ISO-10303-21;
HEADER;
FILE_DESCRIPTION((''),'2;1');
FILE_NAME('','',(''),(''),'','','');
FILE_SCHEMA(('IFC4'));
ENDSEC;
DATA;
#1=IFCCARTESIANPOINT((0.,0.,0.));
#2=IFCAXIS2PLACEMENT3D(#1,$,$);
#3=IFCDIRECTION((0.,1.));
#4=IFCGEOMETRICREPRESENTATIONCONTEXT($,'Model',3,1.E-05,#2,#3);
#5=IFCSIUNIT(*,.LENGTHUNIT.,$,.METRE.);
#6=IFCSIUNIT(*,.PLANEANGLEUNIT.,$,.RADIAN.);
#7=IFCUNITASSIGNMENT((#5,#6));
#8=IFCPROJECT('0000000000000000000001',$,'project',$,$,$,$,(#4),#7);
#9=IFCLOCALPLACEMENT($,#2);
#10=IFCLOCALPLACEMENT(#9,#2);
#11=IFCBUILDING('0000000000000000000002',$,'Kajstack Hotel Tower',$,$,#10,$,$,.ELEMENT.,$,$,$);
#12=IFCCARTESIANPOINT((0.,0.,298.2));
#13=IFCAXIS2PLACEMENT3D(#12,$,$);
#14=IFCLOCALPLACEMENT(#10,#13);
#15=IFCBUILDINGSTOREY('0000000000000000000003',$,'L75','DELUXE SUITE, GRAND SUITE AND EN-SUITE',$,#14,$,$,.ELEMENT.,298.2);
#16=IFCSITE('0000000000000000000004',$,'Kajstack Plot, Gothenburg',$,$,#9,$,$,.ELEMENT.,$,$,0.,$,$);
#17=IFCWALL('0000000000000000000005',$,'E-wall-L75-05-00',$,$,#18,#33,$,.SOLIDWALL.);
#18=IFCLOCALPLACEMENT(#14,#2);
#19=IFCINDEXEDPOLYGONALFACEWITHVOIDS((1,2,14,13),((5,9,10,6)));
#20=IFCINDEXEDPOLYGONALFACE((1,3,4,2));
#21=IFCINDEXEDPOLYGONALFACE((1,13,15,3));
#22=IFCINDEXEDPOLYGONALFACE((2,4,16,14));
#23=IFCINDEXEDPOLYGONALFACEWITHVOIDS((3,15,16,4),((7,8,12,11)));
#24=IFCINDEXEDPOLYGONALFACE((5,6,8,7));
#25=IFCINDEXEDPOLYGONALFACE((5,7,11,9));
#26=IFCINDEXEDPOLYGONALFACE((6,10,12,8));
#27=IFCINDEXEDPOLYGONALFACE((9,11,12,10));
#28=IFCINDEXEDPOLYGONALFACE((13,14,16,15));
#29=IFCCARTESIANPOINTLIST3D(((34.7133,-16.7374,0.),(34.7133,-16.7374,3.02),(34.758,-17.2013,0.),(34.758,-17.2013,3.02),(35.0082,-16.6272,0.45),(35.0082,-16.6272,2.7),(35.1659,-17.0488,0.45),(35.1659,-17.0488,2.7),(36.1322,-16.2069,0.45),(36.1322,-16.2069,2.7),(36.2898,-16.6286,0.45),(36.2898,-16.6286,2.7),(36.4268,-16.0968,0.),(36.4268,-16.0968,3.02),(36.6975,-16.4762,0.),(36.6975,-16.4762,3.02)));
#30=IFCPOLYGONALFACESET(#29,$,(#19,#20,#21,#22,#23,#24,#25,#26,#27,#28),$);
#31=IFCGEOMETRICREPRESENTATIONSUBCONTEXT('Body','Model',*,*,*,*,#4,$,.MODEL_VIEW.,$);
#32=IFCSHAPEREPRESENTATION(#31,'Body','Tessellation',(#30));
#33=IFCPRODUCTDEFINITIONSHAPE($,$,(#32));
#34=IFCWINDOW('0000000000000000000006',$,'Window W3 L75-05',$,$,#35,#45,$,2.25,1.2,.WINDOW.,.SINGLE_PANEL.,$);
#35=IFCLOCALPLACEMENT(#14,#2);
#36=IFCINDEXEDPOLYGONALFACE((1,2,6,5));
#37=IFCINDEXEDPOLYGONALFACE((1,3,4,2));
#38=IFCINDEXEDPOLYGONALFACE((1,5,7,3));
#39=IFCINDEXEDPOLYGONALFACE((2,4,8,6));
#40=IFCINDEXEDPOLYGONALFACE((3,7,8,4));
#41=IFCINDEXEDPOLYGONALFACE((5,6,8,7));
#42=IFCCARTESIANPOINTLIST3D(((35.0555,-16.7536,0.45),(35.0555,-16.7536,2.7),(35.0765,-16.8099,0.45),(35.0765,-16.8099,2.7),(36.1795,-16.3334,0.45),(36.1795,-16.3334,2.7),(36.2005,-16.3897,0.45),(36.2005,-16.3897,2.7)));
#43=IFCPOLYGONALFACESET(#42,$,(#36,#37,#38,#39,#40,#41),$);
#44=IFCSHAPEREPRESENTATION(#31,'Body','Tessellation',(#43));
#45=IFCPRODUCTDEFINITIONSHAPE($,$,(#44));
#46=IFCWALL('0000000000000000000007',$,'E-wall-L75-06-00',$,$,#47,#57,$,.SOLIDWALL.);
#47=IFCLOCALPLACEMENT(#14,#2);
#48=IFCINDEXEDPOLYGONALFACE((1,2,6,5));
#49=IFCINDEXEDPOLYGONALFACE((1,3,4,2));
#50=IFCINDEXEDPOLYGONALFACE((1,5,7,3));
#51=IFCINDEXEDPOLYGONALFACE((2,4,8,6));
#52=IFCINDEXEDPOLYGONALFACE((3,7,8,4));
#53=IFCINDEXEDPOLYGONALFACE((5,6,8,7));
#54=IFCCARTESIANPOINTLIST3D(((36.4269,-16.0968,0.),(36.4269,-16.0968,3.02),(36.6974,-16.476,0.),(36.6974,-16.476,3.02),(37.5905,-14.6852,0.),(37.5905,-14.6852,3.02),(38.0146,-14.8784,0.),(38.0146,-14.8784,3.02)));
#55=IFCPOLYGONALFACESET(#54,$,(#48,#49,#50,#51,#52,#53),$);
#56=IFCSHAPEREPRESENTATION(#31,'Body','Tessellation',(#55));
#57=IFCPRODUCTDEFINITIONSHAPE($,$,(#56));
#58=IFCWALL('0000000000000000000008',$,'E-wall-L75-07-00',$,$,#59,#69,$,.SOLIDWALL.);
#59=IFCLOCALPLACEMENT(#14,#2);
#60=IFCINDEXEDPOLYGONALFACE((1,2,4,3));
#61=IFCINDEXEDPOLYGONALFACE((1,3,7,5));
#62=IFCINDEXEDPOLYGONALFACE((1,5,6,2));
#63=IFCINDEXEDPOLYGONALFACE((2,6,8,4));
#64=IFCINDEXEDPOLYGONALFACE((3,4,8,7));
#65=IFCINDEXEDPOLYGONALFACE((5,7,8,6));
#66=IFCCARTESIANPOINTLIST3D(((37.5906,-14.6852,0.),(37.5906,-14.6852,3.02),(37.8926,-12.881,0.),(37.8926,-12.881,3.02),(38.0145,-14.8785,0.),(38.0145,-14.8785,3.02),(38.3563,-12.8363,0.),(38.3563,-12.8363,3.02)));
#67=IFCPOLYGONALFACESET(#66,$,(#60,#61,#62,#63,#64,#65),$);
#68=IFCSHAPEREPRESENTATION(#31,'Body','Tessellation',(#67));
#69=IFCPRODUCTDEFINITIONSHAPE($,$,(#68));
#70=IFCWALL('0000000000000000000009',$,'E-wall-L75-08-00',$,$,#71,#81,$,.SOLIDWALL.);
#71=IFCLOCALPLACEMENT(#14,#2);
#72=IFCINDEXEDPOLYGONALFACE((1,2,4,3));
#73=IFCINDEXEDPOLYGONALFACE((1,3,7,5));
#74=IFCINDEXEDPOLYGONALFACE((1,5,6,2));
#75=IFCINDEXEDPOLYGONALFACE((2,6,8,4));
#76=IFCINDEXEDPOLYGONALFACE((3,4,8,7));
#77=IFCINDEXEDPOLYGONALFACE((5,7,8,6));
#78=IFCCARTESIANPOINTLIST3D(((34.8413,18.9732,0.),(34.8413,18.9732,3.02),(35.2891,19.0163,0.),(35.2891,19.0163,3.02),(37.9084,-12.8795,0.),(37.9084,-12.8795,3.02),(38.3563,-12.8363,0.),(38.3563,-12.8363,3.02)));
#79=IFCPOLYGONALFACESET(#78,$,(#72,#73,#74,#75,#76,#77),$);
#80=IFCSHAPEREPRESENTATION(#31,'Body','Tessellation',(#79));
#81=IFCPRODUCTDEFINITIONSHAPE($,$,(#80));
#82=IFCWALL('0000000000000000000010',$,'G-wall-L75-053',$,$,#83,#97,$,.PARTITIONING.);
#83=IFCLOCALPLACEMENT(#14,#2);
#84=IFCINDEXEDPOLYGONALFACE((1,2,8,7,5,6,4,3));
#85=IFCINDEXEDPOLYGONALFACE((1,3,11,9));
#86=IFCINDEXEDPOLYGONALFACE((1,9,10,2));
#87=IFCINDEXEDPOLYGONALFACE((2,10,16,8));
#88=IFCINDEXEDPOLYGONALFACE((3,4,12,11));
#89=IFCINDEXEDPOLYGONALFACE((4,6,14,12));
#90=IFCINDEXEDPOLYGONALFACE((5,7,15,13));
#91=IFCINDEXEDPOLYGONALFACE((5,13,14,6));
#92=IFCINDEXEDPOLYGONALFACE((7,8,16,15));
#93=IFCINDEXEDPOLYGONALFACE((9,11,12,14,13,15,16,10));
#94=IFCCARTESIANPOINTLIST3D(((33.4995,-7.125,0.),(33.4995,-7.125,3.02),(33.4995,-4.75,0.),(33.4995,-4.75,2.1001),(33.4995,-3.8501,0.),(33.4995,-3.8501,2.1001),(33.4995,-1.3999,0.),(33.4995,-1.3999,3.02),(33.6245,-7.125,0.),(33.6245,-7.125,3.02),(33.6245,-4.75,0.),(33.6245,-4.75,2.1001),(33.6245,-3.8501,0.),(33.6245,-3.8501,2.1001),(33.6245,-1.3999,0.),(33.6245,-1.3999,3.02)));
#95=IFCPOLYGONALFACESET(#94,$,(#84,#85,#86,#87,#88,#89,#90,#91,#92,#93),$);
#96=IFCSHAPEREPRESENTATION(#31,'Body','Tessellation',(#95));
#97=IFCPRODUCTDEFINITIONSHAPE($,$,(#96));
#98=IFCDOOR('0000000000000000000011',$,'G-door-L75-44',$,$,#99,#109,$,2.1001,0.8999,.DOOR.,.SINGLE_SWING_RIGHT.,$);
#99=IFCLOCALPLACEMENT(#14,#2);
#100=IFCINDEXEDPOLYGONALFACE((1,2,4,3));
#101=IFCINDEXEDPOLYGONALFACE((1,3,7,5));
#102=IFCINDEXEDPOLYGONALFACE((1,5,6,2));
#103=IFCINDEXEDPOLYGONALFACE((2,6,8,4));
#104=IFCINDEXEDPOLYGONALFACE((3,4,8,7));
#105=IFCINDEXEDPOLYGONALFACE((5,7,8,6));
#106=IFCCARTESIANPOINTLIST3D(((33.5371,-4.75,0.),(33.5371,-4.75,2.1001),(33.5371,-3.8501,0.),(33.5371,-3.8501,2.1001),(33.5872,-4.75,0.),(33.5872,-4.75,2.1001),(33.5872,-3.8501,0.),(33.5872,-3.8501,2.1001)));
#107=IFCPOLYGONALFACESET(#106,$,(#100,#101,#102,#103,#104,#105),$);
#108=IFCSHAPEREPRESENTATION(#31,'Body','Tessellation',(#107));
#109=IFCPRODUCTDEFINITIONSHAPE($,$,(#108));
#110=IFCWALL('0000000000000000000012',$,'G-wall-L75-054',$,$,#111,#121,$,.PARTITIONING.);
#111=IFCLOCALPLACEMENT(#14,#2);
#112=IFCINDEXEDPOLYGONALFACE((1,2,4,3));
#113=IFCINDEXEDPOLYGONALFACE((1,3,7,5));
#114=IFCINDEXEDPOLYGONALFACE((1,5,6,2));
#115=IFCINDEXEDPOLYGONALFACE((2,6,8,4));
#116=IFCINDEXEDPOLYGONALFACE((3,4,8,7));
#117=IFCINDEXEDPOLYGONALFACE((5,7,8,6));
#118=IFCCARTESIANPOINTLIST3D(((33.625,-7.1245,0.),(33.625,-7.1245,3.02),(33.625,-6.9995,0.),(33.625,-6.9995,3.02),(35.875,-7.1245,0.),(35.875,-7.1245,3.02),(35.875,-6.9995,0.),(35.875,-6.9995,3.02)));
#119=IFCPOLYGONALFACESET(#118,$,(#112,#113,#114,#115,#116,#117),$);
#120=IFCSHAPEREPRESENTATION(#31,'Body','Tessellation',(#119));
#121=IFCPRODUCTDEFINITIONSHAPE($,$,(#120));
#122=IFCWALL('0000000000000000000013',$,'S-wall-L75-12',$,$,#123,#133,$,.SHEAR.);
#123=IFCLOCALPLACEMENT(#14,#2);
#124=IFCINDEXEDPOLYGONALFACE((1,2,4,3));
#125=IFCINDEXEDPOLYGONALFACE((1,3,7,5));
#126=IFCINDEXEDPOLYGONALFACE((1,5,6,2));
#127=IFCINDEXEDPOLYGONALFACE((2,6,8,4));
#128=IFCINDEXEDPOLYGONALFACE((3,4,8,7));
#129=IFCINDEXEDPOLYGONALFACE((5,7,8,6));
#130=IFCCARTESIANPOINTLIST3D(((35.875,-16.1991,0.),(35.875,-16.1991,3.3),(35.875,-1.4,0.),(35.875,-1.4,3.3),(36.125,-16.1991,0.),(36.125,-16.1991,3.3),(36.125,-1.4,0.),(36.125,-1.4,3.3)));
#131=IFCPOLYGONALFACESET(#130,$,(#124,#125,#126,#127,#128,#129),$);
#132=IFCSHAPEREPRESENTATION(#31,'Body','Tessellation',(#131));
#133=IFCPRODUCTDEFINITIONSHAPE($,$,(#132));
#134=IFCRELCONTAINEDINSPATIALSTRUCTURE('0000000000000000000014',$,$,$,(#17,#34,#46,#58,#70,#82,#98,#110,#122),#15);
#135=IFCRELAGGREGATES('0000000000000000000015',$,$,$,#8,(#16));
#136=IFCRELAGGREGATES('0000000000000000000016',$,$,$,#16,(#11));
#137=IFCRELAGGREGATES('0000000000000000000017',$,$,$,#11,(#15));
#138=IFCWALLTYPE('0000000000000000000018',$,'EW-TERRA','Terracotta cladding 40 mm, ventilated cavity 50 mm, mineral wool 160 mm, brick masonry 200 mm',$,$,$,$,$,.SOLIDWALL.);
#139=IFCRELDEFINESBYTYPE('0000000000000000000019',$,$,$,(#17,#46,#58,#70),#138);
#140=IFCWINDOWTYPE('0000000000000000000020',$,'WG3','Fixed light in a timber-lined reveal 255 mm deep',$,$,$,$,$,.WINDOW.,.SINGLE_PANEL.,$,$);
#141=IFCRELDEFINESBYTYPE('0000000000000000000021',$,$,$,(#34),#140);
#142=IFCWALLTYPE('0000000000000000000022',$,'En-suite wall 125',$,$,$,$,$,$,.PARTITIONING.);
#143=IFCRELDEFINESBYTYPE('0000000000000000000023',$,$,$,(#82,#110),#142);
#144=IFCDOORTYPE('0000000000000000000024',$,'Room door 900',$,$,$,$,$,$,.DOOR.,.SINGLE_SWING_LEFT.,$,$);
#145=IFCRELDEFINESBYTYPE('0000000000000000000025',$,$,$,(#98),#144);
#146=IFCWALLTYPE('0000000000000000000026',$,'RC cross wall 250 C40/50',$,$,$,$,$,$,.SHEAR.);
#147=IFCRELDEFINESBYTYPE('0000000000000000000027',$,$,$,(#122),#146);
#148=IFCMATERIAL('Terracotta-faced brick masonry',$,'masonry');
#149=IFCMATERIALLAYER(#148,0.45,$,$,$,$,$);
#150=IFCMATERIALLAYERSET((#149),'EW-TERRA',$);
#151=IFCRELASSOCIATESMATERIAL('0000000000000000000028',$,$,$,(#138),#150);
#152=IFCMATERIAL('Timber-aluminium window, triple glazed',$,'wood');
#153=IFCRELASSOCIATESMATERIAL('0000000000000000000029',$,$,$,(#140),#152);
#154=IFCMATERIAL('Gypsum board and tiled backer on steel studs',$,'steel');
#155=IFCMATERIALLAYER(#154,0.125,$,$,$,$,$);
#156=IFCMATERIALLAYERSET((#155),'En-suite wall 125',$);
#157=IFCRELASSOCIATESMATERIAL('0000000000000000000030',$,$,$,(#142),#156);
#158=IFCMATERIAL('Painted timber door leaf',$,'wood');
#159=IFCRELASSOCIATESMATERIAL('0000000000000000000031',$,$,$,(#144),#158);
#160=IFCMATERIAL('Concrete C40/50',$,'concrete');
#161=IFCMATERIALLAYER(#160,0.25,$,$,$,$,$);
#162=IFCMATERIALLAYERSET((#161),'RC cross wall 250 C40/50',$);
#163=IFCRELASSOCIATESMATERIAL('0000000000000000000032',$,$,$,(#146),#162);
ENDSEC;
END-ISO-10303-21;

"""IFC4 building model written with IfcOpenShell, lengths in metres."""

from ifc_helpers import new_model, si_unit, direction, frame, frame_2d, origin, place, context, subcontext, project, spatial, polyline, rectangle, outline, extrude, material, layer, layer_set, type_object, element, fill, save


model = new_model("IFC4")

# Units and contexts
model_context = context("Model", 3, precision=1e-05, world=origin(), true_north=direction((0.0, 1.0)))
body_context = subcontext(model_context, "Body", "Model", "MODEL_VIEW")
ifc_project = project(units=[si_unit("LENGTHUNIT", "METRE"), si_unit("PLANEANGLEUNIT", "RADIAN")], contexts=[model_context])

# Site, building, storey
site_placement = place(None, origin())
site = spatial("IfcSite", under=ifc_project, at=site_placement, Name="Kajstack Plot, Gothenburg", CompositionType="ELEMENT", RefElevation=0.0)
building_placement = place(site_placement, origin())
building = spatial("IfcBuilding", under=site, at=building_placement, Name="Kajstack Hotel Tower", CompositionType="ELEMENT")
storey_placement = place(building_placement, frame((0.0, 0.0, 298.2)))
storey = spatial("IfcBuildingStorey", under=building, at=storey_placement, Name="L75", Description="DELUXE SUITE, GRAND SUITE AND EN-SUITE", CompositionType="ELEMENT", Elevation=298.2)

# Wall, opening, window
ifc_material_1 = material(Name="Terracotta-faced brick masonry", Category="masonry")
ifc_layer_1 = layer(ifc_material_1, 0.45)
ifc_layer_set_1 = layer_set([ifc_layer_1], Name="EW-TERRA")
wall_type_1 = type_object("IfcWallType", Name="EW-TERRA", Description="Terracotta cladding 40 mm, ventilated cavity 50 mm, mineral wool 160 mm, brick masonry 200 mm", PredefinedType="SOLIDWALL", material=ifc_layer_set_1)
wall_1_placement = place(storey_placement, frame((34.6792, -16.9905, 0.0), z_axis=(0.0, 0.0, 1.0), x_axis=(0.936678, 0.350193, 0.0)))
wall_1 = element("IfcWall", 1, at=wall_1_placement, inside=storey, type_object=wall_type_1, Name="E-wall-L75-05-00", PredefinedType="SOLIDWALL", context=body_context, shape_type="SweptSolid", body=[
    extrude(outline(polyline([(0.0, -0.2251), (2.0706, -0.2251), (1.95, 0.2251), (0.1206, 0.2251), (0.0, -0.2251)])), origin(), (0.0, 0.0, 1.0), 3.02),
])
opening_1_placement = place(wall_1_placement, frame((0.4353, 0.0, 0.45)))
opening_1 = element("IfcOpeningElement", 2, at=opening_1_placement, cuts=wall_1, PredefinedType="OPENING", context=body_context, shape_type="SweptSolid", body=[
    extrude(rectangle(XDim=1.2, YDim=2.25, at=frame_2d((0.6001, 1.125))), frame((0.0, 0.2349, 0.0), z_axis=(0.0, -1.0, 0.0), x_axis=(1.0, 0.0, 0.0)), (0.0, 0.0, 1.0), 0.47),
])
ifc_material_2 = material(Name="Timber-aluminium window, triple glazed", Category="wood")
window_type = type_object("IfcWindowType", Name="WG3", Description="Fixed light in a timber-lined reveal 255 mm deep", PartitioningType="SINGLE_PANEL", PredefinedType="WINDOW", material=ifc_material_2)
window_placement = place(opening_1_placement, origin())
window = element("IfcWindow", 3, at=window_placement, inside=storey, type_object=window_type, Name="Window W3 L75-05", OverallHeight=2.25, OverallWidth=1.2, PartitioningType="SINGLE_PANEL", PredefinedType="WINDOW", context=body_context, shape_type="SweptSolid", body=[
    extrude(rectangle(XDim=1.2, YDim=2.25, at=frame_2d((0.6001, 1.125))), frame((0.0, 0.0901, 0.0), z_axis=(0.0, -1.0, 0.0), x_axis=(1.0, 0.0, 0.0)), (0.0, 0.0, 1.0), 0.0601),
])
fill(opening_1, window)

# Walls
wall_2_placement = place(storey_placement, frame((36.5239, -16.333, 0.0), z_axis=(0.0, 0.0, 1.0), x_axis=(0.636046, 0.771651, 0.0)))
element("IfcWall", 4, at=wall_2_placement, inside=storey, type_object=wall_type_1, Name="E-wall-L75-06-00", PredefinedType="SOLIDWALL", context=body_context, shape_type="SweptSolid", body=[
    extrude(outline(polyline([(0.0, -0.2249), (2.0706, -0.2251), (1.95, 0.2251), (0.1206, 0.2251), (0.0, -0.2249)])), origin(), (0.0, 0.0, 1.0), 3.02),
])
wall_3_placement = place(storey_placement, frame((37.7925, -14.8413, 0.0), z_axis=(0.0, 0.0, 1.0), x_axis=(0.165068, 0.986282, 0.0)))
element("IfcWall", 5, at=wall_3_placement, inside=storey, type_object=wall_type_1, Name="E-wall-L75-07-00", PredefinedType="SOLIDWALL", context=body_context, shape_type="SweptSolid", body=[
    extrude(outline(polyline([(0.0, -0.2251), (2.0706, -0.2251), (1.95, 0.2249), (0.1206, 0.2249), (0.0, -0.2251)])), origin(), (0.0, 0.0, 1.0), 3.02),
])
wall_4_placement = place(storey_placement, frame((38.1323, -12.8579, 0.0), z_axis=(0.0, 0.0, 1.0), x_axis=(-0.095848, 0.995396, 0.0)))
element("IfcWall", 6, at=wall_4_placement, inside=storey, type_object=wall_type_1, Name="E-wall-L75-08-00", PredefinedType="SOLIDWALL", context=body_context, shape_type="SweptSolid", body=[
    extrude(rectangle(XDim=32.0, YDim=0.45, at=frame_2d((16.0, 0.0))), origin(), (0.0, 0.0, 1.0), 3.02),
])

# Wall, opening, door
ifc_material_3 = material(Name="Gypsum board and tiled backer on steel studs", Category="steel")
ifc_layer_2 = layer(ifc_material_3, 0.125)
ifc_layer_set_2 = layer_set([ifc_layer_2], Name="En-suite wall 125")
wall_type_2 = type_object("IfcWallType", Name="En-suite wall 125", PredefinedType="PARTITIONING", material=ifc_layer_set_2)
wall_5_placement = place(storey_placement, frame((33.562, -7.125, 0.0), z_axis=(0.0, 0.0, 1.0), x_axis=(0.0, 1.0, 0.0)))
wall_5 = element("IfcWall", 7, at=wall_5_placement, inside=storey, type_object=wall_type_2, Name="G-wall-L75-053", PredefinedType="PARTITIONING", context=body_context, shape_type="SweptSolid", body=[
    extrude(rectangle(XDim=5.7251, YDim=0.125, at=frame_2d((2.8625, 0.0))), origin(), (0.0, 0.0, 1.0), 3.02),
])
opening_2_placement = place(wall_5_placement, frame((2.375, 0.0, 0.0)))
opening_2 = element("IfcOpeningElement", 8, at=opening_2_placement, cuts=wall_5, PredefinedType="OPENING", context=body_context, shape_type="SweptSolid", body=[
    extrude(rectangle(XDim=0.8999, YDim=2.1001, at=frame_2d((0.45, 1.05))), frame((0.0, 0.0725, 0.0), z_axis=(0.0, -1.0, 0.0), x_axis=(1.0, 0.0, 0.0)), (0.0, 0.0, 1.0), 0.145),
])
ifc_material_4 = material(Name="Painted timber door leaf", Category="wood")
door_type_1 = type_object("IfcDoorType", Name="Room door 900", OperationType="SINGLE_SWING_LEFT", PredefinedType="DOOR", material=ifc_material_4)
door_1_placement = place(opening_2_placement, origin())
door_1 = element("IfcDoor", 9, at=door_1_placement, inside=storey, type_object=door_type_1, Name="G-door-L75-44", OperationType="SINGLE_SWING_RIGHT", OverallHeight=2.1001, OverallWidth=0.8999, PredefinedType="DOOR", context=body_context, shape_type="SweptSolid", body=[
    extrude(rectangle(XDim=0.8999, YDim=2.1001, at=frame_2d((0.45, 1.05))), frame((0.0, 0.0249, 0.0), z_axis=(0.0, -1.0, 0.0), x_axis=(1.0, 0.0, 0.0)), (0.0, 0.0, 1.0), 0.05),
])
fill(opening_2, door_1)

# Walls
wall_6_placement = place(storey_placement, frame((33.625, -7.062, 0.0), z_axis=(0.0, 0.0, 1.0), x_axis=(1.0, 0.0, 0.0)))
element("IfcWall", 10, at=wall_6_placement, inside=storey, type_object=wall_type_2, Name="G-wall-L75-054", PredefinedType="PARTITIONING", context=body_context, shape_type="SweptSolid", body=[
    extrude(rectangle(XDim=2.25, YDim=0.125, at=frame_2d((1.125, 0.0))), origin(), (0.0, 0.0, 1.0), 3.02),
])
ifc_material_5 = material(Name="Concrete C40/50", Category="concrete")
ifc_layer_3 = layer(ifc_material_5, 0.25)
ifc_layer_set_3 = layer_set([ifc_layer_3], Name="RC cross wall 250 C40/50")
wall_type_3 = type_object("IfcWallType", Name="RC cross wall 250 C40/50", PredefinedType="SHEAR", material=ifc_layer_set_3)
wall_7_placement = place(storey_placement, frame((36.0, -16.199, 0.0), z_axis=(0.0, 0.0, 1.0), x_axis=(0.0, 1.0, 0.0)))
element("IfcWall", 11, at=wall_7_placement, inside=storey, type_object=wall_type_3, Name="S-wall-L75-12", PredefinedType="SHEAR", context=body_context, shape_type="SweptSolid", body=[
    extrude(rectangle(XDim=14.7991, YDim=0.25, at=frame_2d((7.3994, 0.0))), origin(), (0.0, 0.0, 1.0), 3.3),
])

save(model, "model.ifc")
